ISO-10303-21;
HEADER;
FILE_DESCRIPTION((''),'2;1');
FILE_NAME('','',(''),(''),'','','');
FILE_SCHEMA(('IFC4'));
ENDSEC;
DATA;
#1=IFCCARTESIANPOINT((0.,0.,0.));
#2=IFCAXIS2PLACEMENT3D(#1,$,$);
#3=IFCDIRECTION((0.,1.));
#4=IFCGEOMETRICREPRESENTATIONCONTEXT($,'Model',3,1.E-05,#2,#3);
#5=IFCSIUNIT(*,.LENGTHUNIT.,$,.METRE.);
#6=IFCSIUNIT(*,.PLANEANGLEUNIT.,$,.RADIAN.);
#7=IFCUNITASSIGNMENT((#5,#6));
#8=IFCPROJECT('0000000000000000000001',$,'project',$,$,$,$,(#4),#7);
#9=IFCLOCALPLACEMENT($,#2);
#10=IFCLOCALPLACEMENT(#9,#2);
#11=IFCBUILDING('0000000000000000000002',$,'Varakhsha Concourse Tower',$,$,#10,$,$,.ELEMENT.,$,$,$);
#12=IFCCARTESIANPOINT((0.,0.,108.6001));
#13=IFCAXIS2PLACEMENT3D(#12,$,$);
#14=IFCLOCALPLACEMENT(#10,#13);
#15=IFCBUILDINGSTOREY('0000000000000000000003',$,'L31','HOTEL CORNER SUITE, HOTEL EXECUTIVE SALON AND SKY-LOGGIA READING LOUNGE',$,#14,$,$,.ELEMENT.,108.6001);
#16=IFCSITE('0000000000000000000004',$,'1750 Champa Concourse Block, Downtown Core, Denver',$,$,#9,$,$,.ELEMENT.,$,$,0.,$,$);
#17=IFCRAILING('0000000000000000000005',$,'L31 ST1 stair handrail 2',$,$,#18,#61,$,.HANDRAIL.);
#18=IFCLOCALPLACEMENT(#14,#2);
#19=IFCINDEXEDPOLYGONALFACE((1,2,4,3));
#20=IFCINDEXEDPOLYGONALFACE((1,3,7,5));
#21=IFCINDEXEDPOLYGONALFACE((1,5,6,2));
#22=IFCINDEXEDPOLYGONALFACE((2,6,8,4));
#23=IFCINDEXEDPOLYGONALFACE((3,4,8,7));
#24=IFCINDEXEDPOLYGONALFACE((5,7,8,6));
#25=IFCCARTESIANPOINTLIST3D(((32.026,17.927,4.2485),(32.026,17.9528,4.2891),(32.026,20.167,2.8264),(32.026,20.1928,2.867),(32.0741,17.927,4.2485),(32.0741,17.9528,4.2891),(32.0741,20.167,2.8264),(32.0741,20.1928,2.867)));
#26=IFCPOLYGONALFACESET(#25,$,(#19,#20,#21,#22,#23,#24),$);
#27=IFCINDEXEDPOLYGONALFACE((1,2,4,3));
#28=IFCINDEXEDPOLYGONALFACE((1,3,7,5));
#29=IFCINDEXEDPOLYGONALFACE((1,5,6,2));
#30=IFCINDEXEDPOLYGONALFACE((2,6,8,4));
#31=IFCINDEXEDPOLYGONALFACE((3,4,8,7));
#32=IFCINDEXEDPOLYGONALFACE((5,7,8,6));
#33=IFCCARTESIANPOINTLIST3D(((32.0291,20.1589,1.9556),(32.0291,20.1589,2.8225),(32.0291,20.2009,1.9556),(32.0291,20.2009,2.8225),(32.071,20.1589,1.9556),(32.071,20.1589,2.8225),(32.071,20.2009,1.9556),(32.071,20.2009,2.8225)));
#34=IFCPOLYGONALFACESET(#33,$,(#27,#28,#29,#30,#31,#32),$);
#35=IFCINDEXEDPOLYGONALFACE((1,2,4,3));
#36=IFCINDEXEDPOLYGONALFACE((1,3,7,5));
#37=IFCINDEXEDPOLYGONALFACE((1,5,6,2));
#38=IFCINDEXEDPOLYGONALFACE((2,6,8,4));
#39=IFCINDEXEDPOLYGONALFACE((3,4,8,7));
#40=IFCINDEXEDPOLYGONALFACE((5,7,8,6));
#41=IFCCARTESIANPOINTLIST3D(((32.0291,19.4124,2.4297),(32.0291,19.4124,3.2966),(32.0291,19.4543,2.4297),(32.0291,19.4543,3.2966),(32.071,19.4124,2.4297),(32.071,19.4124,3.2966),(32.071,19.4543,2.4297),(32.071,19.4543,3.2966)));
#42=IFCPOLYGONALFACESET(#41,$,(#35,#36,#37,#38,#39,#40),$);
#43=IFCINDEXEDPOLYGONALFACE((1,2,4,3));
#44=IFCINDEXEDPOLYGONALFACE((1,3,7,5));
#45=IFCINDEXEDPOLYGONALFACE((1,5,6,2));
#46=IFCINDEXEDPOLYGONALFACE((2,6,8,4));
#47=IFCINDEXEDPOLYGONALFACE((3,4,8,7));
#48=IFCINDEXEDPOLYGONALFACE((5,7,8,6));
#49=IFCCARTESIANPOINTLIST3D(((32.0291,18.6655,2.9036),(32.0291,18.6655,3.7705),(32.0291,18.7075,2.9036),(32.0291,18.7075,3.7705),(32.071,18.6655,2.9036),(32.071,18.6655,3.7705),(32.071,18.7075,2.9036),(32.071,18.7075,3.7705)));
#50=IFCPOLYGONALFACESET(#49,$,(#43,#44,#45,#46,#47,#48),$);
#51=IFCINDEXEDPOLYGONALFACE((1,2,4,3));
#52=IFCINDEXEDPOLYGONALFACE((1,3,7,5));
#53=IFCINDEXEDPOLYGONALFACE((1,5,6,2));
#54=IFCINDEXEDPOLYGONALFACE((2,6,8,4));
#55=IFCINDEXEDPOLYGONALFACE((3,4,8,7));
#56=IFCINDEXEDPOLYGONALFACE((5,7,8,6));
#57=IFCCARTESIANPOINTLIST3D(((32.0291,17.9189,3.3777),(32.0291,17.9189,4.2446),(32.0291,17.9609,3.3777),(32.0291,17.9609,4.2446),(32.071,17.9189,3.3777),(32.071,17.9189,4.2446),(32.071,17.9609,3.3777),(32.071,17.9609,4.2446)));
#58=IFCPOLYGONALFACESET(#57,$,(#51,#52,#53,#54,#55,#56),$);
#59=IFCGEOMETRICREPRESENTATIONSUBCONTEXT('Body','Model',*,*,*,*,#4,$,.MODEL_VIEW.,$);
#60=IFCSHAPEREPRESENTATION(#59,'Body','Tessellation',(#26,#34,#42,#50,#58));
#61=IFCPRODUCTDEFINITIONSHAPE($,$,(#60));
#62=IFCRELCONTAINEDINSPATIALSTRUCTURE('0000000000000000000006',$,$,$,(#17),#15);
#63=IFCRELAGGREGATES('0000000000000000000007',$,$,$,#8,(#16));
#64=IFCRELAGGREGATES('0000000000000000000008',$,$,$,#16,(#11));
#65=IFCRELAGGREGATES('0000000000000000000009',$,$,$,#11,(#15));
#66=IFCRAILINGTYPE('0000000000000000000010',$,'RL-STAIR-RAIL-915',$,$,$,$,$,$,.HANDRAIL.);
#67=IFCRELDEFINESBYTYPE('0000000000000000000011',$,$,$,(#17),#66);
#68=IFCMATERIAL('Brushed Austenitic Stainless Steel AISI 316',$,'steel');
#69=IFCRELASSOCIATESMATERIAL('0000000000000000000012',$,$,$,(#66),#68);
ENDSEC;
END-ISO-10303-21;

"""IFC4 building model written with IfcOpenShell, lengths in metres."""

from ifc_helpers import new_model, si_unit, direction, frame, origin, origin_2d, place, context, subcontext, project, spatial, rectangle, extrude, material, type_object, element, save


model = new_model("IFC4")

# Units and contexts
model_context = context("Model", 3, precision=1e-05, world=origin(), true_north=direction((0.0, 1.0)))
body_context = subcontext(model_context, "Body", "Model", "MODEL_VIEW")
ifc_project = project(units=[si_unit("LENGTHUNIT", "METRE"), si_unit("PLANEANGLEUNIT", "RADIAN")], contexts=[model_context])

# Site, building, storey
site_placement = place(None, origin())
site = spatial("IfcSite", under=ifc_project, at=site_placement, Name="1750 Champa Concourse Block, Downtown Core, Denver", CompositionType="ELEMENT", RefElevation=0.0)
building_placement = place(site_placement, origin())
building = spatial("IfcBuilding", under=site, at=building_placement, Name="Varakhsha Concourse Tower", CompositionType="ELEMENT")
storey_placement = place(building_placement, frame((0.0, 0.0, 108.6001)))
storey = spatial("IfcBuildingStorey", under=building, at=storey_placement, Name="L31", Description="HOTEL CORNER SUITE, HOTEL EXECUTIVE SALON AND SKY-LOGGIA READING LOUNGE", CompositionType="ELEMENT", Elevation=108.6001)

# Shared definitions
ifc_material_1 = material(Name="Brushed Austenitic Stainless Steel AISI 316", Category="steel")

# Railing
railing_type_1 = type_object("IfcRailingType", Name="RL-STAIR-RAIL-915", PredefinedType="HANDRAIL", material=ifc_material_1)
railing_1_placement = place(storey_placement, frame((32.05, 20.1799, 1.9556)))
element("IfcRailing", 1, at=railing_1_placement, inside=storey, type_object=railing_type_1, Name="L31 ST1 stair handrail 2", PredefinedType="HANDRAIL", context=body_context, shape_type="SweptSolid", body=[
    extrude(rectangle(XDim=0.0481, YDim=0.0481, at=origin_2d()), frame((0.0, 0.0, 0.8911), z_axis=(0.0, -0.844229, 0.535982), x_axis=(1.0, 0.0, 0.0)), (0.0, 0.0, 1.0), 2.6533),
    extrude(rectangle(XDim=0.042, YDim=0.042, at=origin_2d()), origin(), (0.0, 0.0, 1.0), 0.8669),
    extrude(rectangle(XDim=0.042, YDim=0.042, at=origin_2d()), frame((0.0, -0.7466, 0.4741)), (0.0, 0.0, 1.0), 0.8669),
    extrude(rectangle(XDim=0.042, YDim=0.042, at=origin_2d()), frame((0.0, -1.4934, 0.948)), (0.0, 0.0, 1.0), 0.8669),
    extrude(rectangle(XDim=0.042, YDim=0.042, at=origin_2d()), frame((0.0, -2.24, 1.4221)), (0.0, 0.0, 1.0), 0.8669),
])

save(model, "model.ifc")
